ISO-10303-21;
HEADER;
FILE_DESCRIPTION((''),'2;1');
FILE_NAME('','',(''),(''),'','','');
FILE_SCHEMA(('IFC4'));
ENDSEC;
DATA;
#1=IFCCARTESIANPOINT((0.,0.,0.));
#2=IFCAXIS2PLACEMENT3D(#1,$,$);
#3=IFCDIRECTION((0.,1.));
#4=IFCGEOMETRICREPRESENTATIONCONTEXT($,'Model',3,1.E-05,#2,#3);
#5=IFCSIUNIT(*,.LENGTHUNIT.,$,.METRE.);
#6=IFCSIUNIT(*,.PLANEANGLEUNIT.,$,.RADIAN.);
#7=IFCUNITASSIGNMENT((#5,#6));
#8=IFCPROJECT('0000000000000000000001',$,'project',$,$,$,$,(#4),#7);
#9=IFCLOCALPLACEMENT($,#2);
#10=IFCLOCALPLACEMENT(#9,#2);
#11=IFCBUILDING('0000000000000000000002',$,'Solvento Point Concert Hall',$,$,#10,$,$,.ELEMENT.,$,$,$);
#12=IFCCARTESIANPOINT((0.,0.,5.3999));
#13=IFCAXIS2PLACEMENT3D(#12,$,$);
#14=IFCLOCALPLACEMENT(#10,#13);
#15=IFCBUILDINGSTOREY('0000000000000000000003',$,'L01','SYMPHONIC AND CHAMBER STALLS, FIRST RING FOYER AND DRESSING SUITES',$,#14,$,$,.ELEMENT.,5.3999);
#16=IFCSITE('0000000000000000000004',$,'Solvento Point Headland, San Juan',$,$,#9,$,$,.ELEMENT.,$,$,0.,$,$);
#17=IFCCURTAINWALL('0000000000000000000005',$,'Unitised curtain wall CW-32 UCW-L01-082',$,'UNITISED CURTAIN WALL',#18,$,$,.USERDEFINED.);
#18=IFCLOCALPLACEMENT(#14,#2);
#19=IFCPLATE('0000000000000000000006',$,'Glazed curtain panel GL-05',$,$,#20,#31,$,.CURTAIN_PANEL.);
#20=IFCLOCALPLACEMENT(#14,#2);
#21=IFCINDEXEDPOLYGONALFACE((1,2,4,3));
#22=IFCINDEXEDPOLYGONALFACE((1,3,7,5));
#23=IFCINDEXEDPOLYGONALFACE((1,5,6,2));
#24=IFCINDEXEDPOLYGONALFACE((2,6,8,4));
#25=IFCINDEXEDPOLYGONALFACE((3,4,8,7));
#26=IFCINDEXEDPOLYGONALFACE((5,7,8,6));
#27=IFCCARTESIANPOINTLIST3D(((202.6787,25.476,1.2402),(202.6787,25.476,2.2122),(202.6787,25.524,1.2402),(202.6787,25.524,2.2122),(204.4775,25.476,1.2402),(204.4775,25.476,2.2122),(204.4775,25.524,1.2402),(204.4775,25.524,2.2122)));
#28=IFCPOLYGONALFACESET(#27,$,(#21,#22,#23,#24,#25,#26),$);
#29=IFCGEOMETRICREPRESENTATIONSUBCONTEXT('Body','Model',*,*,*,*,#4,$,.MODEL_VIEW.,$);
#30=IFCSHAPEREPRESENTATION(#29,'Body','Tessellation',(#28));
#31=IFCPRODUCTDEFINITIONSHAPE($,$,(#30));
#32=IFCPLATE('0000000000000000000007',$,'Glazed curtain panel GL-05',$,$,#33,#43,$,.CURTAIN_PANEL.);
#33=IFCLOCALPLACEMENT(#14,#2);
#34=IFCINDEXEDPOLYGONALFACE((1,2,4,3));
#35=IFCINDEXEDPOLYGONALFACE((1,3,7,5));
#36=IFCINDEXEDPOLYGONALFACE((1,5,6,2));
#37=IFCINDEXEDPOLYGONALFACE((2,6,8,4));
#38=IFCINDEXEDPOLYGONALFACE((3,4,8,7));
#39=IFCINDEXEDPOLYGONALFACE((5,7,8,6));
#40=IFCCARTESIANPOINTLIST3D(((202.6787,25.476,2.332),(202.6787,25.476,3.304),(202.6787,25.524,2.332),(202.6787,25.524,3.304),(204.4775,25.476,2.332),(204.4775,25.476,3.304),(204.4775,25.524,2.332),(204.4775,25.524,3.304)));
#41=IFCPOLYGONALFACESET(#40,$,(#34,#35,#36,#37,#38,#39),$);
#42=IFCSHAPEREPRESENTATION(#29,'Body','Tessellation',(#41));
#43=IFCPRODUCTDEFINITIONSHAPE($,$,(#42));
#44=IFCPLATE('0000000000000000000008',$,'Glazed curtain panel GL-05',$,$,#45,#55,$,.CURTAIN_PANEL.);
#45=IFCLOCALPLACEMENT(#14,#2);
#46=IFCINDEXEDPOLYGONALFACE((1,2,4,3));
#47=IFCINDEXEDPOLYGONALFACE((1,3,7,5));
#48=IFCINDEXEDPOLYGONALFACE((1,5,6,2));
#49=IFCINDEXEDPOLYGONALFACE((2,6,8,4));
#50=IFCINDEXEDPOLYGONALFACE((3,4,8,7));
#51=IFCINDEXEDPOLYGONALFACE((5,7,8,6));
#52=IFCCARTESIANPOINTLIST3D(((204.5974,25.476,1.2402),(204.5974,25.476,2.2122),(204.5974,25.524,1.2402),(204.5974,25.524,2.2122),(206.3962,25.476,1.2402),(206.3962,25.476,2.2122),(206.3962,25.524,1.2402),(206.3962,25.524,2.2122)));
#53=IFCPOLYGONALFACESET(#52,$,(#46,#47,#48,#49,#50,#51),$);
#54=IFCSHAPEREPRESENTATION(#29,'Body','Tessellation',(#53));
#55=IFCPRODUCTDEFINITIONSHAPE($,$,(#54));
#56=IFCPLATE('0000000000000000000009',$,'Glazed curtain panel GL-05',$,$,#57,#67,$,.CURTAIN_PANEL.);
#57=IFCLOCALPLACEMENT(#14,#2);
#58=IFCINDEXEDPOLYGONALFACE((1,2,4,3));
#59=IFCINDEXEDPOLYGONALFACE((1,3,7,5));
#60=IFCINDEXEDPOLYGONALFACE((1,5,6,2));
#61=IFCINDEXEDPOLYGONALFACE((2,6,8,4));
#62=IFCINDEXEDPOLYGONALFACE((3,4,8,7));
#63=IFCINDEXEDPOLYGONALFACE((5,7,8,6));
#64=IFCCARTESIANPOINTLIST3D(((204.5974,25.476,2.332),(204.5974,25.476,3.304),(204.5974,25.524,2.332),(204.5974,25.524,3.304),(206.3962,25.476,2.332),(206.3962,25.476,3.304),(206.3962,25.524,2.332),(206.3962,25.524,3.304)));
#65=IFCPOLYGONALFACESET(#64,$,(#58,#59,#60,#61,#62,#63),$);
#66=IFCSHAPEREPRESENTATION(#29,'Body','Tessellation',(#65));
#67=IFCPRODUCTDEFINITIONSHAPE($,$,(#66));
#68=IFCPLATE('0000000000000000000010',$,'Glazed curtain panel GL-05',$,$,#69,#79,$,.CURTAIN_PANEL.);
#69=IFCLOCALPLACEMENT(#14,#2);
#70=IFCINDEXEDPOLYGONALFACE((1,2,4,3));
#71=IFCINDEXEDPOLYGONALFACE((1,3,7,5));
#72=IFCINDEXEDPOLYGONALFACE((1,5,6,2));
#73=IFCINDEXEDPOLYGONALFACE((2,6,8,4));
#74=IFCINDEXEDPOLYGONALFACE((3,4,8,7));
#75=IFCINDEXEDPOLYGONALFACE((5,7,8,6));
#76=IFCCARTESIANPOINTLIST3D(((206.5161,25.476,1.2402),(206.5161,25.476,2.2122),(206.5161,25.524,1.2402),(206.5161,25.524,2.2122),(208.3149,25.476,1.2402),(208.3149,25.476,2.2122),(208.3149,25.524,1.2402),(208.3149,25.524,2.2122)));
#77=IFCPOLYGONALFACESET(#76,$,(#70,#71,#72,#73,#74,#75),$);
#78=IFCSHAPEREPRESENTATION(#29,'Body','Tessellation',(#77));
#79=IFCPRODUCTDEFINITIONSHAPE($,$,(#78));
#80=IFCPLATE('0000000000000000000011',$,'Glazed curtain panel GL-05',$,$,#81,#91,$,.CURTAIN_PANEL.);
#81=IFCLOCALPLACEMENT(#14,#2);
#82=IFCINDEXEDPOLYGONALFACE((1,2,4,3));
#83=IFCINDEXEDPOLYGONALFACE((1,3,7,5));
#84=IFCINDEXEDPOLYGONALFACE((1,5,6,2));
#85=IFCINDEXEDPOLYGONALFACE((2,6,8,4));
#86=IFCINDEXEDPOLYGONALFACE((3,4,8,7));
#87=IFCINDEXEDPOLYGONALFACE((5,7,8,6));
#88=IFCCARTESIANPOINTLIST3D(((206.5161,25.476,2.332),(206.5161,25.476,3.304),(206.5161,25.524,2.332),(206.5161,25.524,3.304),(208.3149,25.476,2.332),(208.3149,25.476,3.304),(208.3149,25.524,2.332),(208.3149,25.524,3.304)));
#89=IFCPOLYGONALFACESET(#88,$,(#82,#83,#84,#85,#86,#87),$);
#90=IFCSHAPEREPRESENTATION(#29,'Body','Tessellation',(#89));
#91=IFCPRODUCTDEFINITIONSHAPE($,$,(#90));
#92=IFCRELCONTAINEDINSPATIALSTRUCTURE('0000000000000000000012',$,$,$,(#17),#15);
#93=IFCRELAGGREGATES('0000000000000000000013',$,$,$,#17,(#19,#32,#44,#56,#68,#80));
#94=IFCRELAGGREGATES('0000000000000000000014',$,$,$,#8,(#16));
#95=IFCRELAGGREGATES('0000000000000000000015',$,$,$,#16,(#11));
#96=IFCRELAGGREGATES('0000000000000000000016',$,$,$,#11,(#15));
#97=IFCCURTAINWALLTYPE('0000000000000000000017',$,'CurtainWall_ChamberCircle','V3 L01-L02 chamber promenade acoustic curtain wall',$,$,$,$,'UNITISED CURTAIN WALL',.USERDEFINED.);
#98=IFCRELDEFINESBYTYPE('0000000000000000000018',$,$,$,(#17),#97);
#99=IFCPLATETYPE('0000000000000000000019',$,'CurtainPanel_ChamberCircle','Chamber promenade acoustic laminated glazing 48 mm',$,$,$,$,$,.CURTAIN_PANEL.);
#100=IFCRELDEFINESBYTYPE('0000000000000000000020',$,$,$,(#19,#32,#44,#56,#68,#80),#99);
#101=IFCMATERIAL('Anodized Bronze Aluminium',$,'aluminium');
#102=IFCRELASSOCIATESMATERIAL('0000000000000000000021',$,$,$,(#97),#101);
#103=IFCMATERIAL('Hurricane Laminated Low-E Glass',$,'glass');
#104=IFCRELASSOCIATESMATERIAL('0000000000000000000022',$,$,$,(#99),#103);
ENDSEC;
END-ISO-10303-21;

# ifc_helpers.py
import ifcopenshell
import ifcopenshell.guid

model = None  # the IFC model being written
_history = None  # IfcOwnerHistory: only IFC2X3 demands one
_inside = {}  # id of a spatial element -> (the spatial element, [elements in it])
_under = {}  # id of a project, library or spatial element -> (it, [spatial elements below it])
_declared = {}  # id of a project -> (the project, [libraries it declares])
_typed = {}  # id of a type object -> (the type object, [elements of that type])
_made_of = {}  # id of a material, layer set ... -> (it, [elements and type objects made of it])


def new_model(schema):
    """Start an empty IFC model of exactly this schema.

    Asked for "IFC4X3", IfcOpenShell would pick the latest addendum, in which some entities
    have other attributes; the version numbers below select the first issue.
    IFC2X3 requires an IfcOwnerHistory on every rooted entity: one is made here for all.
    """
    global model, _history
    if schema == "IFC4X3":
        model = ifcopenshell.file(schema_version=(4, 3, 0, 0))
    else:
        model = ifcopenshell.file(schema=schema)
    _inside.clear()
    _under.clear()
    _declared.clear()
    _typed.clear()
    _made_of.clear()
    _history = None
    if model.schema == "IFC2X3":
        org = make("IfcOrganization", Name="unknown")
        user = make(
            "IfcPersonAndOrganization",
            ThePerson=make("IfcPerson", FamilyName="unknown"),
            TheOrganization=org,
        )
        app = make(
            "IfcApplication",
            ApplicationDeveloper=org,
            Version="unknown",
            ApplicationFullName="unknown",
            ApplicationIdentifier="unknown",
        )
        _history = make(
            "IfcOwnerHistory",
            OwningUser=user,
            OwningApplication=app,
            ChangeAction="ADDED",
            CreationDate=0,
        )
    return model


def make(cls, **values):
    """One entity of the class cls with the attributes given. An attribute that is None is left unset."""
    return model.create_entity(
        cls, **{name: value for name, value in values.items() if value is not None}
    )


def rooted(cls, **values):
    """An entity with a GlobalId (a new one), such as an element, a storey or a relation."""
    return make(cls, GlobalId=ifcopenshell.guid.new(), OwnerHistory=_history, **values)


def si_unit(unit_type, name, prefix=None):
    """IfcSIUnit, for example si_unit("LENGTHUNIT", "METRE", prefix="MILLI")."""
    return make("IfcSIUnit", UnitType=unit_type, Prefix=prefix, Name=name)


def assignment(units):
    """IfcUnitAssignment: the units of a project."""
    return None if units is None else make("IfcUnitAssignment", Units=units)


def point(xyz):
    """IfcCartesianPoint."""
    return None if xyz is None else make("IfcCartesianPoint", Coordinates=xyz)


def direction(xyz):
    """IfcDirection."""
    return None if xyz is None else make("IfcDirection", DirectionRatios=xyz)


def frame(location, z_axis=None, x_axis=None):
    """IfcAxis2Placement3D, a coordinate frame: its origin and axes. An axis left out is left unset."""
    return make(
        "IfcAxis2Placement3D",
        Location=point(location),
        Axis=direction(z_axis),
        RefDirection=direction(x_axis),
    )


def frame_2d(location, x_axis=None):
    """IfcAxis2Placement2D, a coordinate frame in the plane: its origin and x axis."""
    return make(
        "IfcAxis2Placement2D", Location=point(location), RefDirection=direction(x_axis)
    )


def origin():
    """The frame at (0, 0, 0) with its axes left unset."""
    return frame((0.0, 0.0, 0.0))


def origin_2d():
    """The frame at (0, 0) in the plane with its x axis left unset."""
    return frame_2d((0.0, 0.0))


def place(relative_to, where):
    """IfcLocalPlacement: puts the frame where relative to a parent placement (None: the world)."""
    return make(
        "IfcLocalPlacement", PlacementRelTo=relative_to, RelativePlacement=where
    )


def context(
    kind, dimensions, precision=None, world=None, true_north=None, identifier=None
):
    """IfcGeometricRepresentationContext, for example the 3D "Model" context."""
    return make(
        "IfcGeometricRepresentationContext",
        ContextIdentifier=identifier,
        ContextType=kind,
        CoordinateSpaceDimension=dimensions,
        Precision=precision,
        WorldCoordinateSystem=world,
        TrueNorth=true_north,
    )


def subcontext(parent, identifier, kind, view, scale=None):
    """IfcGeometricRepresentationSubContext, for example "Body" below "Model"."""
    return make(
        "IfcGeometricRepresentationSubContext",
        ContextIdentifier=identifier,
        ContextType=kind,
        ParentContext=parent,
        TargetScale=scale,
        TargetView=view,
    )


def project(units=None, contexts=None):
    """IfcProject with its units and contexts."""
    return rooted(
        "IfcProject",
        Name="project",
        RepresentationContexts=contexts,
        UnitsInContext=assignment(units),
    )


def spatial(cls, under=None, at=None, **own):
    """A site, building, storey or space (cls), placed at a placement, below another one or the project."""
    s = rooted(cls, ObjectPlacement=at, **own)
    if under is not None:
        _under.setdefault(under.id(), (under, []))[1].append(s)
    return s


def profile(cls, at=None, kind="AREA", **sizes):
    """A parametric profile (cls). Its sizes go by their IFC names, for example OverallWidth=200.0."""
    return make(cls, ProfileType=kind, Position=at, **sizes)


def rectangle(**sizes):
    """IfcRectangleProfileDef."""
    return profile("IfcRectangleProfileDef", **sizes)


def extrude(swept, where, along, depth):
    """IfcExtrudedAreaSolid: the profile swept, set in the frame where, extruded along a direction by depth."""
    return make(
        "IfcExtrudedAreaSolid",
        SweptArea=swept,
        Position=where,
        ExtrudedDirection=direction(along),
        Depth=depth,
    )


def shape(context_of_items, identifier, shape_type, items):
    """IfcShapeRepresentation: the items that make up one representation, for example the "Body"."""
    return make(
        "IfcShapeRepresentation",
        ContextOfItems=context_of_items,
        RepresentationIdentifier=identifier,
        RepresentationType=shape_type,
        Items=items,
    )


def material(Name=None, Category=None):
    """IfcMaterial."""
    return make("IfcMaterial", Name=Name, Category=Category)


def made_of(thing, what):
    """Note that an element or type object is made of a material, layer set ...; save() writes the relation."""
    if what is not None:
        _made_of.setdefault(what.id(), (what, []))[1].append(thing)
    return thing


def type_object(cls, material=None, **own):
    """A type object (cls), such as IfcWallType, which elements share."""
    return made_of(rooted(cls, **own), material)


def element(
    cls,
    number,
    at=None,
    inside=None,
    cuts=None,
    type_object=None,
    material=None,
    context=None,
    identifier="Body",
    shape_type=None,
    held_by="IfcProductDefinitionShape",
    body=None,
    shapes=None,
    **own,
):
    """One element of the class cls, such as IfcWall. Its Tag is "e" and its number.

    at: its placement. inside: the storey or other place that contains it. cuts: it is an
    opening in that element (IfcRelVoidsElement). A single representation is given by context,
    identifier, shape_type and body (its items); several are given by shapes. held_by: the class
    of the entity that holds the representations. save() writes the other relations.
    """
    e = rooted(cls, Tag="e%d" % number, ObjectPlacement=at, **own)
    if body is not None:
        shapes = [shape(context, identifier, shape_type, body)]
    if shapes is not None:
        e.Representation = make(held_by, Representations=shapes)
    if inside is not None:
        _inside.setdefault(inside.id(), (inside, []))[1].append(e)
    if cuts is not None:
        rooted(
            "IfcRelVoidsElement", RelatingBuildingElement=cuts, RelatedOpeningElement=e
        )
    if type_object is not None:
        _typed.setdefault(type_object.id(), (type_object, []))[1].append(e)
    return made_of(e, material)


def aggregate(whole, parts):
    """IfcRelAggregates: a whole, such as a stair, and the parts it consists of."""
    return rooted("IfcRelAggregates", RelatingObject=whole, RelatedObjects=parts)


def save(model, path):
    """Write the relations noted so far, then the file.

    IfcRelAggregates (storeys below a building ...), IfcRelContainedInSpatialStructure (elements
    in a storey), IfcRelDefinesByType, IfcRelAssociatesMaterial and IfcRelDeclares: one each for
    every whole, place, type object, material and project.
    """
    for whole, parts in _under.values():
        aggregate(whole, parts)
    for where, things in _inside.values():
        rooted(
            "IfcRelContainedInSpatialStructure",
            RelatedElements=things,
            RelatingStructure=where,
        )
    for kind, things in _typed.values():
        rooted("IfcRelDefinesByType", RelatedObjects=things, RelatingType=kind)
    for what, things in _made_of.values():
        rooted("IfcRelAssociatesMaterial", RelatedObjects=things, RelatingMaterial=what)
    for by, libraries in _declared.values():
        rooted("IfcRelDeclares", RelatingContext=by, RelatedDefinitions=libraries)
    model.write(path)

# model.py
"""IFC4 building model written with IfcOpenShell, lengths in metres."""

from ifc_helpers import new_model, si_unit, direction, frame, origin, origin_2d, place, context, subcontext, project, spatial, rectangle, extrude, material, type_object, element, aggregate, save


model = new_model("IFC4")

# Units and contexts
model_context = context("Model", 3, precision=1e-05, world=origin(), true_north=direction((0.0, 1.0)))
body_context = subcontext(model_context, "Body", "Model", "MODEL_VIEW")
ifc_project = project(units=[si_unit("LENGTHUNIT", "METRE"), si_unit("PLANEANGLEUNIT", "RADIAN")], contexts=[model_context])

# Site, building, storey
site_placement = place(None, origin())
site = spatial("IfcSite", under=ifc_project, at=site_placement, Name="Solvento Point Headland, San Juan", CompositionType="ELEMENT", RefElevation=0.0)
building_placement = place(site_placement, origin())
building = spatial("IfcBuilding", under=site, at=building_placement, Name="Solvento Point Concert Hall", CompositionType="ELEMENT")
storey_placement = place(building_placement, frame((0.0, 0.0, 5.3999)))
storey = spatial("IfcBuildingStorey", under=building, at=storey_placement, Name="L01", Description="SYMPHONIC AND CHAMBER STALLS, FIRST RING FOYER AND DRESSING SUITES", CompositionType="ELEMENT", Elevation=5.3999)

# Curtain wall, plates
ifc_material_1 = material(Name="Anodized Bronze Aluminium", Category="aluminium")
curtain_wall_type = type_object("IfcCurtainWallType", Name="CurtainWall_ChamberCircle", Description="V3 L01-L02 chamber promenade acoustic curtain wall", ElementType="UNITISED CURTAIN WALL", PredefinedType="USERDEFINED", material=ifc_material_1)
curtain_wall_placement = place(storey_placement, origin())
curtain_wall = element("IfcCurtainWall", 1, at=curtain_wall_placement, inside=storey, type_object=curtain_wall_type, Name="Unitised curtain wall CW-32 UCW-L01-082", ObjectType="UNITISED CURTAIN WALL", PredefinedType="USERDEFINED")
ifc_material_2 = material(Name="Hurricane Laminated Low-E Glass", Category="glass")
plate_type = type_object("IfcPlateType", Name="CurtainPanel_ChamberCircle", Description="Chamber promenade acoustic laminated glazing 48 mm", PredefinedType="CURTAIN_PANEL", material=ifc_material_2)
plate_1_placement = place(storey_placement, frame((203.5781, 25.5, 1.2402), z_axis=(0.0, 0.0, 1.0), x_axis=(1.0, 0.0, 0.0)))
plate_1 = element("IfcPlate", 2, at=plate_1_placement, type_object=plate_type, Name="Glazed curtain panel GL-05", PredefinedType="CURTAIN_PANEL", context=body_context, shape_type="SweptSolid", body=[
    extrude(rectangle(XDim=1.7988, YDim=0.0481, at=origin_2d()), origin(), (0.0, 0.0, 1.0), 0.9719),
])
plate_2_placement = place(storey_placement, frame((203.5781, 25.5, 2.332), z_axis=(0.0, 0.0, 1.0), x_axis=(1.0, 0.0, 0.0)))
plate_2 = element("IfcPlate", 3, at=plate_2_placement, type_object=plate_type, Name="Glazed curtain panel GL-05", PredefinedType="CURTAIN_PANEL", context=body_context, shape_type="SweptSolid", body=[
    extrude(rectangle(XDim=1.7988, YDim=0.0481, at=origin_2d()), origin(), (0.0, 0.0, 1.0), 0.9719),
])
plate_3_placement = place(storey_placement, frame((205.4968, 25.5, 1.2402), z_axis=(0.0, 0.0, 1.0), x_axis=(1.0, 0.0, 0.0)))
plate_3 = element("IfcPlate", 4, at=plate_3_placement, type_object=plate_type, Name="Glazed curtain panel GL-05", PredefinedType="CURTAIN_PANEL", context=body_context, shape_type="SweptSolid", body=[
    extrude(rectangle(XDim=1.7988, YDim=0.0481, at=origin_2d()), origin(), (0.0, 0.0, 1.0), 0.9719),
])
plate_4_placement = place(storey_placement, frame((205.4968, 25.5, 2.332), z_axis=(0.0, 0.0, 1.0), x_axis=(1.0, 0.0, 0.0)))
plate_4 = element("IfcPlate", 5, at=plate_4_placement, type_object=plate_type, Name="Glazed curtain panel GL-05", PredefinedType="CURTAIN_PANEL", context=body_context, shape_type="SweptSolid", body=[
    extrude(rectangle(XDim=1.7988, YDim=0.0481, at=origin_2d()), origin(), (0.0, 0.0, 1.0), 0.9719),
])
plate_5_placement = place(storey_placement, frame((207.4155, 25.5, 1.2402), z_axis=(0.0, 0.0, 1.0), x_axis=(1.0, 0.0, 0.0)))
plate_5 = element("IfcPlate", 6, at=plate_5_placement, type_object=plate_type, Name="Glazed curtain panel GL-05", PredefinedType="CURTAIN_PANEL", context=body_context, shape_type="SweptSolid", body=[
    extrude(rectangle(XDim=1.7988, YDim=0.0481, at=origin_2d()), origin(), (0.0, 0.0, 1.0), 0.9719),
])
plate_6_placement = place(storey_placement, frame((207.4155, 25.5, 2.332), z_axis=(0.0, 0.0, 1.0), x_axis=(1.0, 0.0, 0.0)))
plate_6 = element("IfcPlate", 7, at=plate_6_placement, type_object=plate_type, Name="Glazed curtain panel GL-05", PredefinedType="CURTAIN_PANEL", context=body_context, shape_type="SweptSolid", body=[
    extrude(rectangle(XDim=1.7988, YDim=0.0481, at=origin_2d()), origin(), (0.0, 0.0, 1.0), 0.9719),
])
aggregate(curtain_wall, [plate_1, plate_2, plate_3, plate_4, plate_5, plate_6])

save(model, "model.ifc")
